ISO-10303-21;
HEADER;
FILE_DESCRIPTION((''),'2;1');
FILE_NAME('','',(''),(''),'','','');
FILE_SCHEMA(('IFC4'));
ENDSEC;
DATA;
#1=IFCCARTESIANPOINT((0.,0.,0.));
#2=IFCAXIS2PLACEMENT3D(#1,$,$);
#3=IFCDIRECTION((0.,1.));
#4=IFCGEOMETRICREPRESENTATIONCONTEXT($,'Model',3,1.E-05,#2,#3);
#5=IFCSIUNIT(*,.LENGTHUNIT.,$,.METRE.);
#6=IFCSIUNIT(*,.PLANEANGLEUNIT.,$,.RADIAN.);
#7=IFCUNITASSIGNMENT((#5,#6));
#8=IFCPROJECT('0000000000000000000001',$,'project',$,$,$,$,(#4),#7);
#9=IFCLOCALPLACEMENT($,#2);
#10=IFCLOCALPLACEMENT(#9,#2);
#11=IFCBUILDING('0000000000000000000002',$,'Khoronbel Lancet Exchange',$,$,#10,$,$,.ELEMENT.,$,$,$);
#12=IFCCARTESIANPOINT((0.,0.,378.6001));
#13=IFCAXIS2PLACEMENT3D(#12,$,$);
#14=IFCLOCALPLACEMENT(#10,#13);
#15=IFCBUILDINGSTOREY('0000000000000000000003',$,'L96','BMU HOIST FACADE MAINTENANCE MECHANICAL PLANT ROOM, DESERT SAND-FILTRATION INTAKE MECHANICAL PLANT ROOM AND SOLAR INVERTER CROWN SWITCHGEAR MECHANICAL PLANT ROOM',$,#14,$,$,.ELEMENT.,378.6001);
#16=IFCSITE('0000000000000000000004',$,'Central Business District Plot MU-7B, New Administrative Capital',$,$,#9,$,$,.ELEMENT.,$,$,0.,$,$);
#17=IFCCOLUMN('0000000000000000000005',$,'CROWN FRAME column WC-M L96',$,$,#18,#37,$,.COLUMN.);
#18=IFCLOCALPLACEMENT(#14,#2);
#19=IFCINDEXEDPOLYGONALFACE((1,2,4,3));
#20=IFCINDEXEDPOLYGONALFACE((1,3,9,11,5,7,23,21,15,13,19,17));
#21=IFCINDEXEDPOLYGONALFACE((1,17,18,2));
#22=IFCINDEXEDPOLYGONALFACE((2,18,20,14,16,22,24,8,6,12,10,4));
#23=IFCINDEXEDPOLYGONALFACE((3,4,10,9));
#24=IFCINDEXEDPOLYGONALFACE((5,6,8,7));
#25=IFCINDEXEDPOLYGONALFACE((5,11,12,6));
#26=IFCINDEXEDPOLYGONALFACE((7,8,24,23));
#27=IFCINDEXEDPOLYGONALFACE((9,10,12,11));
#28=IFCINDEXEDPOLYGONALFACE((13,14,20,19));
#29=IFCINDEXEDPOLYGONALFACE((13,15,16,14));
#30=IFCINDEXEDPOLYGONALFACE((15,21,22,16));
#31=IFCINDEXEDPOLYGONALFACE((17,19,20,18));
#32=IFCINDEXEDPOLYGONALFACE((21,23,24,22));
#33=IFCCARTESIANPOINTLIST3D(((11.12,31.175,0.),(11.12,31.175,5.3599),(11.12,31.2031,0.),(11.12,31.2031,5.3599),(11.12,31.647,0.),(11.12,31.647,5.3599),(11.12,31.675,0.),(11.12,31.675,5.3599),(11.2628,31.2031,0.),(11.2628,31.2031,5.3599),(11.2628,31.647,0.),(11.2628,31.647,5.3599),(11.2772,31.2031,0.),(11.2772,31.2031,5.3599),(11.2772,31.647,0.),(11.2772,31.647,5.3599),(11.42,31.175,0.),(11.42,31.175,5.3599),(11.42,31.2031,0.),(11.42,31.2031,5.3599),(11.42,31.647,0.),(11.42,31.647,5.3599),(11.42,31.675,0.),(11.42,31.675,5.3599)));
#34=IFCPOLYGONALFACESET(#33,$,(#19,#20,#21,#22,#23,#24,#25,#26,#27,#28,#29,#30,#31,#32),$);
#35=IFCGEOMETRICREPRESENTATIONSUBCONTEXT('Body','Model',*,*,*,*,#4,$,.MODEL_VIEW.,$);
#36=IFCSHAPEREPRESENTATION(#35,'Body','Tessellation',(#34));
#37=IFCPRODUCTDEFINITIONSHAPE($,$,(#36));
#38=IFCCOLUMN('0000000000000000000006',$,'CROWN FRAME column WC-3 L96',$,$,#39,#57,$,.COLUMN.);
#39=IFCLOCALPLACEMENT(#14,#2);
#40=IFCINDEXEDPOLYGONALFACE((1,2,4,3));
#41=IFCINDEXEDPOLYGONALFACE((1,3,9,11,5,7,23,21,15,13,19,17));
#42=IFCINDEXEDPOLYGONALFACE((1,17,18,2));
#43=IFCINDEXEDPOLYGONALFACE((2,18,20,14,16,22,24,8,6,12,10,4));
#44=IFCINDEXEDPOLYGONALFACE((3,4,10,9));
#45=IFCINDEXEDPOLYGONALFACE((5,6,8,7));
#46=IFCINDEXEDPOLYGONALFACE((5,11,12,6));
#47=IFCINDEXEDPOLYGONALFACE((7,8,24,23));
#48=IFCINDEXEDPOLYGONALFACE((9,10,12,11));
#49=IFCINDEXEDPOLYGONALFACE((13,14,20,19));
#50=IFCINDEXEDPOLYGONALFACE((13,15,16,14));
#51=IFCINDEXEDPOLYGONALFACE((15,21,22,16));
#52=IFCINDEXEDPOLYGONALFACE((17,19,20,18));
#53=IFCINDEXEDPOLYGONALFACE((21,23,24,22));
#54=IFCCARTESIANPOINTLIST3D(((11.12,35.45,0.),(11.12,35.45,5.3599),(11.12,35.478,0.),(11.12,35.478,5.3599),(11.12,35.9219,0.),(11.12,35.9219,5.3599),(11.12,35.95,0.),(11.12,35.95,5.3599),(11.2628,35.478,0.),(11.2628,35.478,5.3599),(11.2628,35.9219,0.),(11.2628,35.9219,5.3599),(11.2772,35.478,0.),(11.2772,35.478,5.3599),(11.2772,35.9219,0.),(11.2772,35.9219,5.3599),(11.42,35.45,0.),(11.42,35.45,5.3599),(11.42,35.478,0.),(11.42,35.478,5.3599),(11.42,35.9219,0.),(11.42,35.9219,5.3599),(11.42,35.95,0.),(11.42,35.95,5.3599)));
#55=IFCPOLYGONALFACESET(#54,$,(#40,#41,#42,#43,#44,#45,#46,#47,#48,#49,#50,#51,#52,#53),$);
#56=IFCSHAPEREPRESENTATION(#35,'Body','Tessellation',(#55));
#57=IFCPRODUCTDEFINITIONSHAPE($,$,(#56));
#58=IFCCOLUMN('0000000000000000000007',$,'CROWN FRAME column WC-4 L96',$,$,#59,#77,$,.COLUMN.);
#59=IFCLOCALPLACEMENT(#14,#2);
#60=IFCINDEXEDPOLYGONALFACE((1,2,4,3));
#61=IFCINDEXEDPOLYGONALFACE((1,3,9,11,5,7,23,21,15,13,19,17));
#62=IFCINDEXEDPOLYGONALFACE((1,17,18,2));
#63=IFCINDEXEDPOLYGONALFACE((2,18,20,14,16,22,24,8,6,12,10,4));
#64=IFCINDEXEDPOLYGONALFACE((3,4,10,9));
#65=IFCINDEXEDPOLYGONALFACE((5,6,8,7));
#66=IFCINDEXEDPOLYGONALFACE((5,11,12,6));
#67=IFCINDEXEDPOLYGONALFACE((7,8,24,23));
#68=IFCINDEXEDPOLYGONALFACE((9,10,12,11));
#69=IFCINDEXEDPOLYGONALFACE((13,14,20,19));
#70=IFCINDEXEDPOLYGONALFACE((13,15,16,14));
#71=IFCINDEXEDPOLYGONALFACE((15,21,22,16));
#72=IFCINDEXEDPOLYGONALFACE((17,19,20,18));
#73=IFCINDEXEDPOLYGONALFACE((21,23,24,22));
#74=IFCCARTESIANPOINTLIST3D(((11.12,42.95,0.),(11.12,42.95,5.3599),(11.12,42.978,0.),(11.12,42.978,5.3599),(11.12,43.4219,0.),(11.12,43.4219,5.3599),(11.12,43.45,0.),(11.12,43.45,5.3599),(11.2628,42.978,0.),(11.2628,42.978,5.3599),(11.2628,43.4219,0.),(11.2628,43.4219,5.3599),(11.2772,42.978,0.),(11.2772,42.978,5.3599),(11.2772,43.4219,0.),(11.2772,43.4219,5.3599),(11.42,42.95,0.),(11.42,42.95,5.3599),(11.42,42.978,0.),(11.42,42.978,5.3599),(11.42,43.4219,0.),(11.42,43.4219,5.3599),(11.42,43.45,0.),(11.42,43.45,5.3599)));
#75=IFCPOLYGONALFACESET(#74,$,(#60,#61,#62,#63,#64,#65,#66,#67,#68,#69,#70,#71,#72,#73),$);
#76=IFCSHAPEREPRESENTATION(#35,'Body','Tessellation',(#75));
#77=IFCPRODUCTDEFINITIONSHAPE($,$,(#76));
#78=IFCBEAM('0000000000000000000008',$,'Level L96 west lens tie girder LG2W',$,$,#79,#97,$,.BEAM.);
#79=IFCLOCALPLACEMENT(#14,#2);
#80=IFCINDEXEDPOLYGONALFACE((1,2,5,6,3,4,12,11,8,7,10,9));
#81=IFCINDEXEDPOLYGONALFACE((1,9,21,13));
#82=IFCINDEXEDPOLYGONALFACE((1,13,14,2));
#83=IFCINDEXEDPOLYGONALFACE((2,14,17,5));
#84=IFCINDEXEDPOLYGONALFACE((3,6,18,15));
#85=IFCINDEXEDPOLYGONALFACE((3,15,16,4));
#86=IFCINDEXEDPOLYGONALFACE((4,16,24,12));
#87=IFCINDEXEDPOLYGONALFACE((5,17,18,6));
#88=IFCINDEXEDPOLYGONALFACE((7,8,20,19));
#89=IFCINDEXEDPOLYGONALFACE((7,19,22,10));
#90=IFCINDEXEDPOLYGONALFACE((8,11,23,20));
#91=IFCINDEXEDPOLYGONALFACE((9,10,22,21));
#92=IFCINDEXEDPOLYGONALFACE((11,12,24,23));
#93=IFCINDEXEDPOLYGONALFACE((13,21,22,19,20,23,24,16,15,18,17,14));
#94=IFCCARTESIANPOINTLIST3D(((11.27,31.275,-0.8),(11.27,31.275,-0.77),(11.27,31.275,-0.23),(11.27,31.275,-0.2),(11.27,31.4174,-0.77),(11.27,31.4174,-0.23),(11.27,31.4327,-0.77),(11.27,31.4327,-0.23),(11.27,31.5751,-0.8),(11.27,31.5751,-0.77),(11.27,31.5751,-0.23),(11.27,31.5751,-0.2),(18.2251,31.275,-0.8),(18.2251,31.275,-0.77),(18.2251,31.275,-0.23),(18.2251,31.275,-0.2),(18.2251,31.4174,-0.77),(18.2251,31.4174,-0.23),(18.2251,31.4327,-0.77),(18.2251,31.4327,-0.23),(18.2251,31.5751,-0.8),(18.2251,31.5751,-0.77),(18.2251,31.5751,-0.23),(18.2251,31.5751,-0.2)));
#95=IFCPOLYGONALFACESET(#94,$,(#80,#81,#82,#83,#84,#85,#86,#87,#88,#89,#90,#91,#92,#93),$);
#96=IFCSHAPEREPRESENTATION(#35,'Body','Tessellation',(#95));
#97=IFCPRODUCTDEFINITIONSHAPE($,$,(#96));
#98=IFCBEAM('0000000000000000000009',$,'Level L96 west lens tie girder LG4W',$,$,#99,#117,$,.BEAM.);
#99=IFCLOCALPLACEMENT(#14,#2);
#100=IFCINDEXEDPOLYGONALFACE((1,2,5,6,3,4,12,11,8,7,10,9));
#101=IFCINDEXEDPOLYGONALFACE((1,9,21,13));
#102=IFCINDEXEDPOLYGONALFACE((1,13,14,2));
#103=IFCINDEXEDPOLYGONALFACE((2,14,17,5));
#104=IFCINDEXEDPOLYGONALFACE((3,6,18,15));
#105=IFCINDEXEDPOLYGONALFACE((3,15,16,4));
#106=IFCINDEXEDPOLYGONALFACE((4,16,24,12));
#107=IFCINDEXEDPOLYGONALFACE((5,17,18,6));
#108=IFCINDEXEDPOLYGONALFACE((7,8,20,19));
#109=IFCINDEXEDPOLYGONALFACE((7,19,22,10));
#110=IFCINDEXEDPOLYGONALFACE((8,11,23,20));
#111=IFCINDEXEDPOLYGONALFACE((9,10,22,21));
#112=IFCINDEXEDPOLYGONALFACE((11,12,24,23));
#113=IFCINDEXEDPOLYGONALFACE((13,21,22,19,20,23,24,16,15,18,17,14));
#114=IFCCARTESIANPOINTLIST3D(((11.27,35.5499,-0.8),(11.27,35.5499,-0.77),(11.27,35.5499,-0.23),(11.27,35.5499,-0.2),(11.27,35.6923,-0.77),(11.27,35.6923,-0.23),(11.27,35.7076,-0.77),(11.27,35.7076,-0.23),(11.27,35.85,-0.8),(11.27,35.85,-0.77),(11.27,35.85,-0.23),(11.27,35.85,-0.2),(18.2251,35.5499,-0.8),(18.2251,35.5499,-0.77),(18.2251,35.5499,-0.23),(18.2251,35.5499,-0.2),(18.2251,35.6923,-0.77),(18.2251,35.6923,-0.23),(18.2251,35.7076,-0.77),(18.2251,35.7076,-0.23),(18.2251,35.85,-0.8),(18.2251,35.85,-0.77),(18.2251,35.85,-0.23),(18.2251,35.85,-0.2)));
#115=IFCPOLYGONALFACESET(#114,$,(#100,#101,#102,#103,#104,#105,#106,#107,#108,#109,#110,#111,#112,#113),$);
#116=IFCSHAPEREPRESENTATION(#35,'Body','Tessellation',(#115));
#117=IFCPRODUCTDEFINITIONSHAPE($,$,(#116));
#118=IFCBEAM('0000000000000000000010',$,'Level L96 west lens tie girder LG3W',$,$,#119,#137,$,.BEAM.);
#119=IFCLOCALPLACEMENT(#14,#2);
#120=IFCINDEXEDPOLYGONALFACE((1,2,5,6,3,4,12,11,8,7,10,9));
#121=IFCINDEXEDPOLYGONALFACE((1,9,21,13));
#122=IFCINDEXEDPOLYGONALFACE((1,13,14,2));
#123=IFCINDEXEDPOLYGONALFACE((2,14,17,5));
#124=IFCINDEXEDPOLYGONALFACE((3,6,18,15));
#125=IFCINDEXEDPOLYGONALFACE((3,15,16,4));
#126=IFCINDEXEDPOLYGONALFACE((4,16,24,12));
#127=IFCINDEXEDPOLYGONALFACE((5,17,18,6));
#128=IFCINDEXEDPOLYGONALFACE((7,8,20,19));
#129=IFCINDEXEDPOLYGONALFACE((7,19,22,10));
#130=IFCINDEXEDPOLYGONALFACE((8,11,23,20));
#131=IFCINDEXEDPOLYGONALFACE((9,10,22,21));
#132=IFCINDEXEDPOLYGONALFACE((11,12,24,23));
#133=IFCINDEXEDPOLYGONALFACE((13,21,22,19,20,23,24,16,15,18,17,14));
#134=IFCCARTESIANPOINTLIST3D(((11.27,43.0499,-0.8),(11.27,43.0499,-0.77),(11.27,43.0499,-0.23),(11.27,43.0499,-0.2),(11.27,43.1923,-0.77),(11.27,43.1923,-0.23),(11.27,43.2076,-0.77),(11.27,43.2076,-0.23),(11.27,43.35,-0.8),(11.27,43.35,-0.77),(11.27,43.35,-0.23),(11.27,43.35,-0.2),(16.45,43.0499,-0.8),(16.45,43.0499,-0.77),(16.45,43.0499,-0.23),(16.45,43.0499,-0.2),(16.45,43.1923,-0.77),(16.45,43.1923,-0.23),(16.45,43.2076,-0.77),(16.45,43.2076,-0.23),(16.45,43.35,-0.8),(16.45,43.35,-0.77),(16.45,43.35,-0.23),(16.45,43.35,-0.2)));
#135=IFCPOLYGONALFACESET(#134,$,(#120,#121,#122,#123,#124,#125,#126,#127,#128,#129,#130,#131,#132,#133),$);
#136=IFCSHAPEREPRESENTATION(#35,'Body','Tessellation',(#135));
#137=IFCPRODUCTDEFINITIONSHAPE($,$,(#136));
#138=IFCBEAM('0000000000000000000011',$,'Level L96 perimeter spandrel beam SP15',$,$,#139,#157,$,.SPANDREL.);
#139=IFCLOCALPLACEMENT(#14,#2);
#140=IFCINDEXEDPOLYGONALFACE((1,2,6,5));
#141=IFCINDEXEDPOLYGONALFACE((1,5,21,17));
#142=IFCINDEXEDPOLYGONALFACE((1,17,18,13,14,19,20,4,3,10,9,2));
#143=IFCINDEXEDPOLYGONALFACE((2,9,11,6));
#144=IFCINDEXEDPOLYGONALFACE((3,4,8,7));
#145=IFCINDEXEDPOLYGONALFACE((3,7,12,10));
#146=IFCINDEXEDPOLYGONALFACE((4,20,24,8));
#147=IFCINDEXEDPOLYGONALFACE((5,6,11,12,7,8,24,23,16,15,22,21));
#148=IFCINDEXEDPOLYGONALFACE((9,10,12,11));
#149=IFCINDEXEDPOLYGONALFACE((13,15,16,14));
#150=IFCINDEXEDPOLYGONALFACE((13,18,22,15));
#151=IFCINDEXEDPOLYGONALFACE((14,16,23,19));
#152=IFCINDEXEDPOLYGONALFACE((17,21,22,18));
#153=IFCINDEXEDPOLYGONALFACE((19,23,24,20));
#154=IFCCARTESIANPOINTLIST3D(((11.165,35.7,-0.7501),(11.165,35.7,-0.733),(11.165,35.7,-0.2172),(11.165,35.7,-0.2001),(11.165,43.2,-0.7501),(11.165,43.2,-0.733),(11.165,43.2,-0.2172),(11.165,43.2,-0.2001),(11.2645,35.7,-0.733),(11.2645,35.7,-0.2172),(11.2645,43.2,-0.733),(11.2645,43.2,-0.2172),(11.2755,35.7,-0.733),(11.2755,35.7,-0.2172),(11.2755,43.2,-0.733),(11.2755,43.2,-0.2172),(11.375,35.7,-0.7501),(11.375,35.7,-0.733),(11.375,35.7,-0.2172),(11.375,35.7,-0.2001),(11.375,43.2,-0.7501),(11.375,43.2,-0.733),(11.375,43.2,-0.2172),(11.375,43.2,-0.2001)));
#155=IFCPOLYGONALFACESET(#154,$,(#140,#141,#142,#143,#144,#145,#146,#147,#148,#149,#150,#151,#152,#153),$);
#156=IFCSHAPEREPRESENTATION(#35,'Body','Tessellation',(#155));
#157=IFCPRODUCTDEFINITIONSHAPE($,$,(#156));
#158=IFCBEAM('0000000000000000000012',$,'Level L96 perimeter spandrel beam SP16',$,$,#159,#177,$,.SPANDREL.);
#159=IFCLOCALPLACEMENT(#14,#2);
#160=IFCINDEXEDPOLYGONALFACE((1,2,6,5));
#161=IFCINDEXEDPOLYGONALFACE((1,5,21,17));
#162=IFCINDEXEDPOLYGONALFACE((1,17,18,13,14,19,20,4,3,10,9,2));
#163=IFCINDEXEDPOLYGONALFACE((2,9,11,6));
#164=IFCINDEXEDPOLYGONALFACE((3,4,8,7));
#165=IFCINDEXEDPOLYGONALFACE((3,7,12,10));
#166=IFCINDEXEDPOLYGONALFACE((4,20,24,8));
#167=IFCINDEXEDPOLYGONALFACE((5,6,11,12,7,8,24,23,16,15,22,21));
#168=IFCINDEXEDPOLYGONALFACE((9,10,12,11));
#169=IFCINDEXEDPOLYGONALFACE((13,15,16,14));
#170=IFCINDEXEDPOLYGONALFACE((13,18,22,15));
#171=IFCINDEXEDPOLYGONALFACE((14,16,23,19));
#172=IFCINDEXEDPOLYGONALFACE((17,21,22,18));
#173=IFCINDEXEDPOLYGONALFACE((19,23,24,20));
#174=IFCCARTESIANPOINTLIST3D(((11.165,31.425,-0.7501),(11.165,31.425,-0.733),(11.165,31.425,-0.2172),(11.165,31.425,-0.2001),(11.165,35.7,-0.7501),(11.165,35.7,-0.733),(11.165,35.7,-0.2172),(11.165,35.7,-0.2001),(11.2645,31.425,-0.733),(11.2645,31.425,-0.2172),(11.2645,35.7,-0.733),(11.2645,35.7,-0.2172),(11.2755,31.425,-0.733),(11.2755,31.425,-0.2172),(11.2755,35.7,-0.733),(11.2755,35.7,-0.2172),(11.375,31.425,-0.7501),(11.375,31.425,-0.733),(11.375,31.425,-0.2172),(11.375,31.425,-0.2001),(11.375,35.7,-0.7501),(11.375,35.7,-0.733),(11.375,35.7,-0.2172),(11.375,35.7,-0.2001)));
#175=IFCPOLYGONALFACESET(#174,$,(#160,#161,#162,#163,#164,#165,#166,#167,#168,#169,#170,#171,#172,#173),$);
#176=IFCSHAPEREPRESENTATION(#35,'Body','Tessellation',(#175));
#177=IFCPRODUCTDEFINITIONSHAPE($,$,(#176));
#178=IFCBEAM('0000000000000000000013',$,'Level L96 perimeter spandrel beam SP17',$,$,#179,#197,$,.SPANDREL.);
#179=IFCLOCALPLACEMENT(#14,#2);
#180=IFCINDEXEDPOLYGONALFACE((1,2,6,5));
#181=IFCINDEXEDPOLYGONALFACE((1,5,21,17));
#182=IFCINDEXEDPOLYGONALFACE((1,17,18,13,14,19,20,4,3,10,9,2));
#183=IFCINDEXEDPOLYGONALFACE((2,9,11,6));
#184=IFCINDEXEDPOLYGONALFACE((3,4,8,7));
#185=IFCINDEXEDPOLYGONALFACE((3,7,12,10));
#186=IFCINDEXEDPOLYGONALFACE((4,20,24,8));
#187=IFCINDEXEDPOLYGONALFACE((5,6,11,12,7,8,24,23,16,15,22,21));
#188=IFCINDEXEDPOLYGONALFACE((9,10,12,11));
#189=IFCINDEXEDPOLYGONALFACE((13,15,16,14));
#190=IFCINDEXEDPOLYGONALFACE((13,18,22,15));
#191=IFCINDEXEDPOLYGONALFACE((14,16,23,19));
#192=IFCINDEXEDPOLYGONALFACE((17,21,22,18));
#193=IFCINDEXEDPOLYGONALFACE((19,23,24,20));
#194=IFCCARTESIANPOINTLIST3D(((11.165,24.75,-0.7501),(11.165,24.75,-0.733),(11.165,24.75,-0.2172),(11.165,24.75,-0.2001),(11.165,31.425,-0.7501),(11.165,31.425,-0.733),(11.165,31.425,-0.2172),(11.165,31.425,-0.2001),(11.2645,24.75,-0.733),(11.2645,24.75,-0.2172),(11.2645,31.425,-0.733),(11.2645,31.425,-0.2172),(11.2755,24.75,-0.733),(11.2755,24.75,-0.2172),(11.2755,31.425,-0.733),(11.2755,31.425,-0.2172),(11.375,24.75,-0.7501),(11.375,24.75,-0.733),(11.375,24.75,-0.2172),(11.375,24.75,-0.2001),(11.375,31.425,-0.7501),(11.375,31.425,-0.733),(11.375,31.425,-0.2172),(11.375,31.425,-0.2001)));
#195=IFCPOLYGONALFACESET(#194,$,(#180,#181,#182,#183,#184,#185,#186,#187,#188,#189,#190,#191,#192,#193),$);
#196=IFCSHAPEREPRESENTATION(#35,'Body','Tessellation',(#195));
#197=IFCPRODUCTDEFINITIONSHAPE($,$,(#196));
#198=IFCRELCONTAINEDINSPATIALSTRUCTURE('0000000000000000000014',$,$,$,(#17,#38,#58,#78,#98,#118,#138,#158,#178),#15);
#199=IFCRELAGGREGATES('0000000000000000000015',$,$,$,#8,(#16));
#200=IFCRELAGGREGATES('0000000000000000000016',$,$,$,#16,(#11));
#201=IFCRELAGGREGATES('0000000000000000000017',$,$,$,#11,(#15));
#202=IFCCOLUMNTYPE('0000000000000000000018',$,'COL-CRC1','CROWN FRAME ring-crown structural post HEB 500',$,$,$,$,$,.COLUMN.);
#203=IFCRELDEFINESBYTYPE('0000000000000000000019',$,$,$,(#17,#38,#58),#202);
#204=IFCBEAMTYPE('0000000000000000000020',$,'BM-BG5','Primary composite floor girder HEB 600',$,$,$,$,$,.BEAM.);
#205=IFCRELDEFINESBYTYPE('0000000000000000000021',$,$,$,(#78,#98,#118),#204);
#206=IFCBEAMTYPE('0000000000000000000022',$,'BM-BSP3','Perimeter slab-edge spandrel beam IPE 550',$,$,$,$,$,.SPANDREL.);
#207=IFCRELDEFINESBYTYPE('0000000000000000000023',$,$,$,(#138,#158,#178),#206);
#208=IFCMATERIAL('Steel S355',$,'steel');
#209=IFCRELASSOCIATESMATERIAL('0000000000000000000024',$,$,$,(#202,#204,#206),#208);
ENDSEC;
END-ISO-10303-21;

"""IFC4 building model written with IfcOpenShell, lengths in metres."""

from ifc_helpers import new_model, si_unit, direction, frame, origin, origin_2d, place, context, subcontext, project, spatial, i_section, extrude, material, material_profile, profile_set, type_object, element, save


model = new_model("IFC4")

# Units and contexts
model_context = context("Model", 3, precision=1e-05, world=origin(), true_north=direction((0.0, 1.0)))
body_context = subcontext(model_context, "Body", "Model", "MODEL_VIEW")
ifc_project = project(units=[si_unit("LENGTHUNIT", "METRE"), si_unit("PLANEANGLEUNIT", "RADIAN")], contexts=[model_context])

# Site, building, storey
site_placement = place(None, origin())
site = spatial("IfcSite", under=ifc_project, at=site_placement, Name="Central Business District Plot MU-7B, New Administrative Capital", CompositionType="ELEMENT", RefElevation=0.0)
building_placement = place(site_placement, origin())
building = spatial("IfcBuilding", under=site, at=building_placement, Name="Khoronbel Lancet Exchange", CompositionType="ELEMENT")
storey_placement = place(building_placement, frame((0.0, 0.0, 378.6001)))
storey = spatial("IfcBuildingStorey", under=building, at=storey_placement, Name="L96", Description="BMU HOIST FACADE MAINTENANCE MECHANICAL PLANT ROOM, DESERT SAND-FILTRATION INTAKE MECHANICAL PLANT ROOM AND SOLAR INVERTER CROWN SWITCHGEAR MECHANICAL PLANT ROOM", CompositionType="ELEMENT", Elevation=378.6001)

# Columns
ifc_material_1 = material(Name="Steel S355", Category="steel")
ifc_material_profile_1 = material_profile(ifc_material_1, i_section(OverallWidth=0.3, OverallDepth=0.5, WebThickness=0.0144, FlangeThickness=0.0281, at=origin_2d()), Name="HEB 500")
ifc_profile_set_1 = profile_set([ifc_material_profile_1], Name="Steel S355")
column_type = type_object("IfcColumnType", Name="COL-CRC1", Description="CROWN FRAME ring-crown structural post HEB 500", PredefinedType="COLUMN", material=ifc_profile_set_1)
for number, where, z_axis, x_axis, name in (
    (1, (11.27, 31.425, 0.0), (0.0, 0.0, 1.0), (1.0, 0.0, 0.0), "CROWN FRAME column WC-M L96"),
    (2, (11.27, 35.7, 0.0), (0.0, 0.0, 1.0), (1.0, 0.0, 0.0), "CROWN FRAME column WC-3 L96"),
    (3, (11.27, 43.2, 0.0), (0.0, 0.0, 1.0), (1.0, 0.0, 0.0), "CROWN FRAME column WC-4 L96"),
):
    element("IfcColumn", number, at=place(storey_placement, frame(where, z_axis=z_axis, x_axis=x_axis)), inside=storey, type_object=column_type, Name=name, PredefinedType="COLUMN", context=body_context, shape_type="SweptSolid", body=[
        extrude(i_section(OverallWidth=0.3, OverallDepth=0.5, WebThickness=0.0144, FlangeThickness=0.0281, at=origin_2d()), origin(), (0.0, 0.0, 1.0), 5.3599),
    ])

# Beams
ifc_material_profile_2 = material_profile(ifc_material_1, i_section(OverallWidth=0.3, OverallDepth=0.6001, WebThickness=0.0154, FlangeThickness=0.03, at=origin_2d()), Name="HEB 600")
ifc_profile_set_2 = profile_set([ifc_material_profile_2], Name="Steel S355")
beam_type_1 = type_object("IfcBeamType", Name="BM-BG5", Description="Primary composite floor girder HEB 600", PredefinedType="BEAM", material=ifc_profile_set_2)
for number, where, z_axis, x_axis, name in (
    (4, (11.27, 31.425, -0.5), (1.0, 0.0, 0.0), (0.0, 1.0, 0.0), "Level L96 west lens tie girder LG2W"),
    (5, (11.27, 35.7, -0.5), (1.0, 0.0, 0.0), (0.0, 1.0, 0.0), "Level L96 west lens tie girder LG4W"),
):
    element("IfcBeam", number, at=place(storey_placement, frame(where, z_axis=z_axis, x_axis=x_axis)), inside=storey, type_object=beam_type_1, Name=name, PredefinedType="BEAM", context=body_context, shape_type="SweptSolid", body=[
        extrude(i_section(OverallWidth=0.3, OverallDepth=0.6001, WebThickness=0.0154, FlangeThickness=0.03, at=origin_2d()), origin(), (0.0, 0.0, 1.0), 6.9551),
    ])
beam_1_placement = place(storey_placement, frame((11.27, 43.2, -0.5), z_axis=(1.0, 0.0, 0.0), x_axis=(0.0, 1.0, 0.0)))
element("IfcBeam", 6, at=beam_1_placement, inside=storey, type_object=beam_type_1, Name="Level L96 west lens tie girder LG3W", PredefinedType="BEAM", context=body_context, shape_type="SweptSolid", body=[
    extrude(i_section(OverallWidth=0.3, OverallDepth=0.6001, WebThickness=0.0154, FlangeThickness=0.03, at=origin_2d()), origin(), (0.0, 0.0, 1.0), 5.1799),
])
ifc_material_profile_3 = material_profile(ifc_material_1, i_section(OverallWidth=0.21, OverallDepth=0.55, WebThickness=0.011, FlangeThickness=0.0171, at=origin_2d()), Name="IPE 550")
ifc_profile_set_3 = profile_set([ifc_material_profile_3], Name="Steel S355")
beam_type_2 = type_object("IfcBeamType", Name="BM-BSP3", Description="Perimeter slab-edge spandrel beam IPE 550", PredefinedType="SPANDREL", material=ifc_profile_set_3)
beam_2_placement = place(storey_placement, frame((11.27, 43.2, -0.4751), z_axis=(0.0, -1.0, 0.0), x_axis=(1.0, 0.0, 0.0)))
element("IfcBeam", 7, at=beam_2_placement, inside=storey, type_object=beam_type_2, Name="Level L96 perimeter spandrel beam SP15", PredefinedType="SPANDREL", context=body_context, shape_type="SweptSolid", body=[
    extrude(i_section(OverallWidth=0.21, OverallDepth=0.55, WebThickness=0.011, FlangeThickness=0.0171, at=origin_2d()), origin(), (0.0, 0.0, 1.0), 7.5),
])
beam_3_placement = place(storey_placement, frame((11.27, 35.7, -0.4751), z_axis=(0.0, -1.0, 0.0), x_axis=(1.0, 0.0, 0.0)))
element("IfcBeam", 8, at=beam_3_placement, inside=storey, type_object=beam_type_2, Name="Level L96 perimeter spandrel beam SP16", PredefinedType="SPANDREL", context=body_context, shape_type="SweptSolid", body=[
    extrude(i_section(OverallWidth=0.21, OverallDepth=0.55, WebThickness=0.011, FlangeThickness=0.0171, at=origin_2d()), origin(), (0.0, 0.0, 1.0), 4.2749),
])
beam_4_placement = place(storey_placement, frame((11.27, 31.425, -0.4751), z_axis=(0.0, -1.0, 0.0), x_axis=(1.0, 0.0, 0.0)))
element("IfcBeam", 9, at=beam_4_placement, inside=storey, type_object=beam_type_2, Name="Level L96 perimeter spandrel beam SP17", PredefinedType="SPANDREL", context=body_context, shape_type="SweptSolid", body=[
    extrude(i_section(OverallWidth=0.21, OverallDepth=0.55, WebThickness=0.011, FlangeThickness=0.0171, at=origin_2d()), origin(), (0.0, 0.0, 1.0), 6.675),
])

save(model, "model.ifc")
